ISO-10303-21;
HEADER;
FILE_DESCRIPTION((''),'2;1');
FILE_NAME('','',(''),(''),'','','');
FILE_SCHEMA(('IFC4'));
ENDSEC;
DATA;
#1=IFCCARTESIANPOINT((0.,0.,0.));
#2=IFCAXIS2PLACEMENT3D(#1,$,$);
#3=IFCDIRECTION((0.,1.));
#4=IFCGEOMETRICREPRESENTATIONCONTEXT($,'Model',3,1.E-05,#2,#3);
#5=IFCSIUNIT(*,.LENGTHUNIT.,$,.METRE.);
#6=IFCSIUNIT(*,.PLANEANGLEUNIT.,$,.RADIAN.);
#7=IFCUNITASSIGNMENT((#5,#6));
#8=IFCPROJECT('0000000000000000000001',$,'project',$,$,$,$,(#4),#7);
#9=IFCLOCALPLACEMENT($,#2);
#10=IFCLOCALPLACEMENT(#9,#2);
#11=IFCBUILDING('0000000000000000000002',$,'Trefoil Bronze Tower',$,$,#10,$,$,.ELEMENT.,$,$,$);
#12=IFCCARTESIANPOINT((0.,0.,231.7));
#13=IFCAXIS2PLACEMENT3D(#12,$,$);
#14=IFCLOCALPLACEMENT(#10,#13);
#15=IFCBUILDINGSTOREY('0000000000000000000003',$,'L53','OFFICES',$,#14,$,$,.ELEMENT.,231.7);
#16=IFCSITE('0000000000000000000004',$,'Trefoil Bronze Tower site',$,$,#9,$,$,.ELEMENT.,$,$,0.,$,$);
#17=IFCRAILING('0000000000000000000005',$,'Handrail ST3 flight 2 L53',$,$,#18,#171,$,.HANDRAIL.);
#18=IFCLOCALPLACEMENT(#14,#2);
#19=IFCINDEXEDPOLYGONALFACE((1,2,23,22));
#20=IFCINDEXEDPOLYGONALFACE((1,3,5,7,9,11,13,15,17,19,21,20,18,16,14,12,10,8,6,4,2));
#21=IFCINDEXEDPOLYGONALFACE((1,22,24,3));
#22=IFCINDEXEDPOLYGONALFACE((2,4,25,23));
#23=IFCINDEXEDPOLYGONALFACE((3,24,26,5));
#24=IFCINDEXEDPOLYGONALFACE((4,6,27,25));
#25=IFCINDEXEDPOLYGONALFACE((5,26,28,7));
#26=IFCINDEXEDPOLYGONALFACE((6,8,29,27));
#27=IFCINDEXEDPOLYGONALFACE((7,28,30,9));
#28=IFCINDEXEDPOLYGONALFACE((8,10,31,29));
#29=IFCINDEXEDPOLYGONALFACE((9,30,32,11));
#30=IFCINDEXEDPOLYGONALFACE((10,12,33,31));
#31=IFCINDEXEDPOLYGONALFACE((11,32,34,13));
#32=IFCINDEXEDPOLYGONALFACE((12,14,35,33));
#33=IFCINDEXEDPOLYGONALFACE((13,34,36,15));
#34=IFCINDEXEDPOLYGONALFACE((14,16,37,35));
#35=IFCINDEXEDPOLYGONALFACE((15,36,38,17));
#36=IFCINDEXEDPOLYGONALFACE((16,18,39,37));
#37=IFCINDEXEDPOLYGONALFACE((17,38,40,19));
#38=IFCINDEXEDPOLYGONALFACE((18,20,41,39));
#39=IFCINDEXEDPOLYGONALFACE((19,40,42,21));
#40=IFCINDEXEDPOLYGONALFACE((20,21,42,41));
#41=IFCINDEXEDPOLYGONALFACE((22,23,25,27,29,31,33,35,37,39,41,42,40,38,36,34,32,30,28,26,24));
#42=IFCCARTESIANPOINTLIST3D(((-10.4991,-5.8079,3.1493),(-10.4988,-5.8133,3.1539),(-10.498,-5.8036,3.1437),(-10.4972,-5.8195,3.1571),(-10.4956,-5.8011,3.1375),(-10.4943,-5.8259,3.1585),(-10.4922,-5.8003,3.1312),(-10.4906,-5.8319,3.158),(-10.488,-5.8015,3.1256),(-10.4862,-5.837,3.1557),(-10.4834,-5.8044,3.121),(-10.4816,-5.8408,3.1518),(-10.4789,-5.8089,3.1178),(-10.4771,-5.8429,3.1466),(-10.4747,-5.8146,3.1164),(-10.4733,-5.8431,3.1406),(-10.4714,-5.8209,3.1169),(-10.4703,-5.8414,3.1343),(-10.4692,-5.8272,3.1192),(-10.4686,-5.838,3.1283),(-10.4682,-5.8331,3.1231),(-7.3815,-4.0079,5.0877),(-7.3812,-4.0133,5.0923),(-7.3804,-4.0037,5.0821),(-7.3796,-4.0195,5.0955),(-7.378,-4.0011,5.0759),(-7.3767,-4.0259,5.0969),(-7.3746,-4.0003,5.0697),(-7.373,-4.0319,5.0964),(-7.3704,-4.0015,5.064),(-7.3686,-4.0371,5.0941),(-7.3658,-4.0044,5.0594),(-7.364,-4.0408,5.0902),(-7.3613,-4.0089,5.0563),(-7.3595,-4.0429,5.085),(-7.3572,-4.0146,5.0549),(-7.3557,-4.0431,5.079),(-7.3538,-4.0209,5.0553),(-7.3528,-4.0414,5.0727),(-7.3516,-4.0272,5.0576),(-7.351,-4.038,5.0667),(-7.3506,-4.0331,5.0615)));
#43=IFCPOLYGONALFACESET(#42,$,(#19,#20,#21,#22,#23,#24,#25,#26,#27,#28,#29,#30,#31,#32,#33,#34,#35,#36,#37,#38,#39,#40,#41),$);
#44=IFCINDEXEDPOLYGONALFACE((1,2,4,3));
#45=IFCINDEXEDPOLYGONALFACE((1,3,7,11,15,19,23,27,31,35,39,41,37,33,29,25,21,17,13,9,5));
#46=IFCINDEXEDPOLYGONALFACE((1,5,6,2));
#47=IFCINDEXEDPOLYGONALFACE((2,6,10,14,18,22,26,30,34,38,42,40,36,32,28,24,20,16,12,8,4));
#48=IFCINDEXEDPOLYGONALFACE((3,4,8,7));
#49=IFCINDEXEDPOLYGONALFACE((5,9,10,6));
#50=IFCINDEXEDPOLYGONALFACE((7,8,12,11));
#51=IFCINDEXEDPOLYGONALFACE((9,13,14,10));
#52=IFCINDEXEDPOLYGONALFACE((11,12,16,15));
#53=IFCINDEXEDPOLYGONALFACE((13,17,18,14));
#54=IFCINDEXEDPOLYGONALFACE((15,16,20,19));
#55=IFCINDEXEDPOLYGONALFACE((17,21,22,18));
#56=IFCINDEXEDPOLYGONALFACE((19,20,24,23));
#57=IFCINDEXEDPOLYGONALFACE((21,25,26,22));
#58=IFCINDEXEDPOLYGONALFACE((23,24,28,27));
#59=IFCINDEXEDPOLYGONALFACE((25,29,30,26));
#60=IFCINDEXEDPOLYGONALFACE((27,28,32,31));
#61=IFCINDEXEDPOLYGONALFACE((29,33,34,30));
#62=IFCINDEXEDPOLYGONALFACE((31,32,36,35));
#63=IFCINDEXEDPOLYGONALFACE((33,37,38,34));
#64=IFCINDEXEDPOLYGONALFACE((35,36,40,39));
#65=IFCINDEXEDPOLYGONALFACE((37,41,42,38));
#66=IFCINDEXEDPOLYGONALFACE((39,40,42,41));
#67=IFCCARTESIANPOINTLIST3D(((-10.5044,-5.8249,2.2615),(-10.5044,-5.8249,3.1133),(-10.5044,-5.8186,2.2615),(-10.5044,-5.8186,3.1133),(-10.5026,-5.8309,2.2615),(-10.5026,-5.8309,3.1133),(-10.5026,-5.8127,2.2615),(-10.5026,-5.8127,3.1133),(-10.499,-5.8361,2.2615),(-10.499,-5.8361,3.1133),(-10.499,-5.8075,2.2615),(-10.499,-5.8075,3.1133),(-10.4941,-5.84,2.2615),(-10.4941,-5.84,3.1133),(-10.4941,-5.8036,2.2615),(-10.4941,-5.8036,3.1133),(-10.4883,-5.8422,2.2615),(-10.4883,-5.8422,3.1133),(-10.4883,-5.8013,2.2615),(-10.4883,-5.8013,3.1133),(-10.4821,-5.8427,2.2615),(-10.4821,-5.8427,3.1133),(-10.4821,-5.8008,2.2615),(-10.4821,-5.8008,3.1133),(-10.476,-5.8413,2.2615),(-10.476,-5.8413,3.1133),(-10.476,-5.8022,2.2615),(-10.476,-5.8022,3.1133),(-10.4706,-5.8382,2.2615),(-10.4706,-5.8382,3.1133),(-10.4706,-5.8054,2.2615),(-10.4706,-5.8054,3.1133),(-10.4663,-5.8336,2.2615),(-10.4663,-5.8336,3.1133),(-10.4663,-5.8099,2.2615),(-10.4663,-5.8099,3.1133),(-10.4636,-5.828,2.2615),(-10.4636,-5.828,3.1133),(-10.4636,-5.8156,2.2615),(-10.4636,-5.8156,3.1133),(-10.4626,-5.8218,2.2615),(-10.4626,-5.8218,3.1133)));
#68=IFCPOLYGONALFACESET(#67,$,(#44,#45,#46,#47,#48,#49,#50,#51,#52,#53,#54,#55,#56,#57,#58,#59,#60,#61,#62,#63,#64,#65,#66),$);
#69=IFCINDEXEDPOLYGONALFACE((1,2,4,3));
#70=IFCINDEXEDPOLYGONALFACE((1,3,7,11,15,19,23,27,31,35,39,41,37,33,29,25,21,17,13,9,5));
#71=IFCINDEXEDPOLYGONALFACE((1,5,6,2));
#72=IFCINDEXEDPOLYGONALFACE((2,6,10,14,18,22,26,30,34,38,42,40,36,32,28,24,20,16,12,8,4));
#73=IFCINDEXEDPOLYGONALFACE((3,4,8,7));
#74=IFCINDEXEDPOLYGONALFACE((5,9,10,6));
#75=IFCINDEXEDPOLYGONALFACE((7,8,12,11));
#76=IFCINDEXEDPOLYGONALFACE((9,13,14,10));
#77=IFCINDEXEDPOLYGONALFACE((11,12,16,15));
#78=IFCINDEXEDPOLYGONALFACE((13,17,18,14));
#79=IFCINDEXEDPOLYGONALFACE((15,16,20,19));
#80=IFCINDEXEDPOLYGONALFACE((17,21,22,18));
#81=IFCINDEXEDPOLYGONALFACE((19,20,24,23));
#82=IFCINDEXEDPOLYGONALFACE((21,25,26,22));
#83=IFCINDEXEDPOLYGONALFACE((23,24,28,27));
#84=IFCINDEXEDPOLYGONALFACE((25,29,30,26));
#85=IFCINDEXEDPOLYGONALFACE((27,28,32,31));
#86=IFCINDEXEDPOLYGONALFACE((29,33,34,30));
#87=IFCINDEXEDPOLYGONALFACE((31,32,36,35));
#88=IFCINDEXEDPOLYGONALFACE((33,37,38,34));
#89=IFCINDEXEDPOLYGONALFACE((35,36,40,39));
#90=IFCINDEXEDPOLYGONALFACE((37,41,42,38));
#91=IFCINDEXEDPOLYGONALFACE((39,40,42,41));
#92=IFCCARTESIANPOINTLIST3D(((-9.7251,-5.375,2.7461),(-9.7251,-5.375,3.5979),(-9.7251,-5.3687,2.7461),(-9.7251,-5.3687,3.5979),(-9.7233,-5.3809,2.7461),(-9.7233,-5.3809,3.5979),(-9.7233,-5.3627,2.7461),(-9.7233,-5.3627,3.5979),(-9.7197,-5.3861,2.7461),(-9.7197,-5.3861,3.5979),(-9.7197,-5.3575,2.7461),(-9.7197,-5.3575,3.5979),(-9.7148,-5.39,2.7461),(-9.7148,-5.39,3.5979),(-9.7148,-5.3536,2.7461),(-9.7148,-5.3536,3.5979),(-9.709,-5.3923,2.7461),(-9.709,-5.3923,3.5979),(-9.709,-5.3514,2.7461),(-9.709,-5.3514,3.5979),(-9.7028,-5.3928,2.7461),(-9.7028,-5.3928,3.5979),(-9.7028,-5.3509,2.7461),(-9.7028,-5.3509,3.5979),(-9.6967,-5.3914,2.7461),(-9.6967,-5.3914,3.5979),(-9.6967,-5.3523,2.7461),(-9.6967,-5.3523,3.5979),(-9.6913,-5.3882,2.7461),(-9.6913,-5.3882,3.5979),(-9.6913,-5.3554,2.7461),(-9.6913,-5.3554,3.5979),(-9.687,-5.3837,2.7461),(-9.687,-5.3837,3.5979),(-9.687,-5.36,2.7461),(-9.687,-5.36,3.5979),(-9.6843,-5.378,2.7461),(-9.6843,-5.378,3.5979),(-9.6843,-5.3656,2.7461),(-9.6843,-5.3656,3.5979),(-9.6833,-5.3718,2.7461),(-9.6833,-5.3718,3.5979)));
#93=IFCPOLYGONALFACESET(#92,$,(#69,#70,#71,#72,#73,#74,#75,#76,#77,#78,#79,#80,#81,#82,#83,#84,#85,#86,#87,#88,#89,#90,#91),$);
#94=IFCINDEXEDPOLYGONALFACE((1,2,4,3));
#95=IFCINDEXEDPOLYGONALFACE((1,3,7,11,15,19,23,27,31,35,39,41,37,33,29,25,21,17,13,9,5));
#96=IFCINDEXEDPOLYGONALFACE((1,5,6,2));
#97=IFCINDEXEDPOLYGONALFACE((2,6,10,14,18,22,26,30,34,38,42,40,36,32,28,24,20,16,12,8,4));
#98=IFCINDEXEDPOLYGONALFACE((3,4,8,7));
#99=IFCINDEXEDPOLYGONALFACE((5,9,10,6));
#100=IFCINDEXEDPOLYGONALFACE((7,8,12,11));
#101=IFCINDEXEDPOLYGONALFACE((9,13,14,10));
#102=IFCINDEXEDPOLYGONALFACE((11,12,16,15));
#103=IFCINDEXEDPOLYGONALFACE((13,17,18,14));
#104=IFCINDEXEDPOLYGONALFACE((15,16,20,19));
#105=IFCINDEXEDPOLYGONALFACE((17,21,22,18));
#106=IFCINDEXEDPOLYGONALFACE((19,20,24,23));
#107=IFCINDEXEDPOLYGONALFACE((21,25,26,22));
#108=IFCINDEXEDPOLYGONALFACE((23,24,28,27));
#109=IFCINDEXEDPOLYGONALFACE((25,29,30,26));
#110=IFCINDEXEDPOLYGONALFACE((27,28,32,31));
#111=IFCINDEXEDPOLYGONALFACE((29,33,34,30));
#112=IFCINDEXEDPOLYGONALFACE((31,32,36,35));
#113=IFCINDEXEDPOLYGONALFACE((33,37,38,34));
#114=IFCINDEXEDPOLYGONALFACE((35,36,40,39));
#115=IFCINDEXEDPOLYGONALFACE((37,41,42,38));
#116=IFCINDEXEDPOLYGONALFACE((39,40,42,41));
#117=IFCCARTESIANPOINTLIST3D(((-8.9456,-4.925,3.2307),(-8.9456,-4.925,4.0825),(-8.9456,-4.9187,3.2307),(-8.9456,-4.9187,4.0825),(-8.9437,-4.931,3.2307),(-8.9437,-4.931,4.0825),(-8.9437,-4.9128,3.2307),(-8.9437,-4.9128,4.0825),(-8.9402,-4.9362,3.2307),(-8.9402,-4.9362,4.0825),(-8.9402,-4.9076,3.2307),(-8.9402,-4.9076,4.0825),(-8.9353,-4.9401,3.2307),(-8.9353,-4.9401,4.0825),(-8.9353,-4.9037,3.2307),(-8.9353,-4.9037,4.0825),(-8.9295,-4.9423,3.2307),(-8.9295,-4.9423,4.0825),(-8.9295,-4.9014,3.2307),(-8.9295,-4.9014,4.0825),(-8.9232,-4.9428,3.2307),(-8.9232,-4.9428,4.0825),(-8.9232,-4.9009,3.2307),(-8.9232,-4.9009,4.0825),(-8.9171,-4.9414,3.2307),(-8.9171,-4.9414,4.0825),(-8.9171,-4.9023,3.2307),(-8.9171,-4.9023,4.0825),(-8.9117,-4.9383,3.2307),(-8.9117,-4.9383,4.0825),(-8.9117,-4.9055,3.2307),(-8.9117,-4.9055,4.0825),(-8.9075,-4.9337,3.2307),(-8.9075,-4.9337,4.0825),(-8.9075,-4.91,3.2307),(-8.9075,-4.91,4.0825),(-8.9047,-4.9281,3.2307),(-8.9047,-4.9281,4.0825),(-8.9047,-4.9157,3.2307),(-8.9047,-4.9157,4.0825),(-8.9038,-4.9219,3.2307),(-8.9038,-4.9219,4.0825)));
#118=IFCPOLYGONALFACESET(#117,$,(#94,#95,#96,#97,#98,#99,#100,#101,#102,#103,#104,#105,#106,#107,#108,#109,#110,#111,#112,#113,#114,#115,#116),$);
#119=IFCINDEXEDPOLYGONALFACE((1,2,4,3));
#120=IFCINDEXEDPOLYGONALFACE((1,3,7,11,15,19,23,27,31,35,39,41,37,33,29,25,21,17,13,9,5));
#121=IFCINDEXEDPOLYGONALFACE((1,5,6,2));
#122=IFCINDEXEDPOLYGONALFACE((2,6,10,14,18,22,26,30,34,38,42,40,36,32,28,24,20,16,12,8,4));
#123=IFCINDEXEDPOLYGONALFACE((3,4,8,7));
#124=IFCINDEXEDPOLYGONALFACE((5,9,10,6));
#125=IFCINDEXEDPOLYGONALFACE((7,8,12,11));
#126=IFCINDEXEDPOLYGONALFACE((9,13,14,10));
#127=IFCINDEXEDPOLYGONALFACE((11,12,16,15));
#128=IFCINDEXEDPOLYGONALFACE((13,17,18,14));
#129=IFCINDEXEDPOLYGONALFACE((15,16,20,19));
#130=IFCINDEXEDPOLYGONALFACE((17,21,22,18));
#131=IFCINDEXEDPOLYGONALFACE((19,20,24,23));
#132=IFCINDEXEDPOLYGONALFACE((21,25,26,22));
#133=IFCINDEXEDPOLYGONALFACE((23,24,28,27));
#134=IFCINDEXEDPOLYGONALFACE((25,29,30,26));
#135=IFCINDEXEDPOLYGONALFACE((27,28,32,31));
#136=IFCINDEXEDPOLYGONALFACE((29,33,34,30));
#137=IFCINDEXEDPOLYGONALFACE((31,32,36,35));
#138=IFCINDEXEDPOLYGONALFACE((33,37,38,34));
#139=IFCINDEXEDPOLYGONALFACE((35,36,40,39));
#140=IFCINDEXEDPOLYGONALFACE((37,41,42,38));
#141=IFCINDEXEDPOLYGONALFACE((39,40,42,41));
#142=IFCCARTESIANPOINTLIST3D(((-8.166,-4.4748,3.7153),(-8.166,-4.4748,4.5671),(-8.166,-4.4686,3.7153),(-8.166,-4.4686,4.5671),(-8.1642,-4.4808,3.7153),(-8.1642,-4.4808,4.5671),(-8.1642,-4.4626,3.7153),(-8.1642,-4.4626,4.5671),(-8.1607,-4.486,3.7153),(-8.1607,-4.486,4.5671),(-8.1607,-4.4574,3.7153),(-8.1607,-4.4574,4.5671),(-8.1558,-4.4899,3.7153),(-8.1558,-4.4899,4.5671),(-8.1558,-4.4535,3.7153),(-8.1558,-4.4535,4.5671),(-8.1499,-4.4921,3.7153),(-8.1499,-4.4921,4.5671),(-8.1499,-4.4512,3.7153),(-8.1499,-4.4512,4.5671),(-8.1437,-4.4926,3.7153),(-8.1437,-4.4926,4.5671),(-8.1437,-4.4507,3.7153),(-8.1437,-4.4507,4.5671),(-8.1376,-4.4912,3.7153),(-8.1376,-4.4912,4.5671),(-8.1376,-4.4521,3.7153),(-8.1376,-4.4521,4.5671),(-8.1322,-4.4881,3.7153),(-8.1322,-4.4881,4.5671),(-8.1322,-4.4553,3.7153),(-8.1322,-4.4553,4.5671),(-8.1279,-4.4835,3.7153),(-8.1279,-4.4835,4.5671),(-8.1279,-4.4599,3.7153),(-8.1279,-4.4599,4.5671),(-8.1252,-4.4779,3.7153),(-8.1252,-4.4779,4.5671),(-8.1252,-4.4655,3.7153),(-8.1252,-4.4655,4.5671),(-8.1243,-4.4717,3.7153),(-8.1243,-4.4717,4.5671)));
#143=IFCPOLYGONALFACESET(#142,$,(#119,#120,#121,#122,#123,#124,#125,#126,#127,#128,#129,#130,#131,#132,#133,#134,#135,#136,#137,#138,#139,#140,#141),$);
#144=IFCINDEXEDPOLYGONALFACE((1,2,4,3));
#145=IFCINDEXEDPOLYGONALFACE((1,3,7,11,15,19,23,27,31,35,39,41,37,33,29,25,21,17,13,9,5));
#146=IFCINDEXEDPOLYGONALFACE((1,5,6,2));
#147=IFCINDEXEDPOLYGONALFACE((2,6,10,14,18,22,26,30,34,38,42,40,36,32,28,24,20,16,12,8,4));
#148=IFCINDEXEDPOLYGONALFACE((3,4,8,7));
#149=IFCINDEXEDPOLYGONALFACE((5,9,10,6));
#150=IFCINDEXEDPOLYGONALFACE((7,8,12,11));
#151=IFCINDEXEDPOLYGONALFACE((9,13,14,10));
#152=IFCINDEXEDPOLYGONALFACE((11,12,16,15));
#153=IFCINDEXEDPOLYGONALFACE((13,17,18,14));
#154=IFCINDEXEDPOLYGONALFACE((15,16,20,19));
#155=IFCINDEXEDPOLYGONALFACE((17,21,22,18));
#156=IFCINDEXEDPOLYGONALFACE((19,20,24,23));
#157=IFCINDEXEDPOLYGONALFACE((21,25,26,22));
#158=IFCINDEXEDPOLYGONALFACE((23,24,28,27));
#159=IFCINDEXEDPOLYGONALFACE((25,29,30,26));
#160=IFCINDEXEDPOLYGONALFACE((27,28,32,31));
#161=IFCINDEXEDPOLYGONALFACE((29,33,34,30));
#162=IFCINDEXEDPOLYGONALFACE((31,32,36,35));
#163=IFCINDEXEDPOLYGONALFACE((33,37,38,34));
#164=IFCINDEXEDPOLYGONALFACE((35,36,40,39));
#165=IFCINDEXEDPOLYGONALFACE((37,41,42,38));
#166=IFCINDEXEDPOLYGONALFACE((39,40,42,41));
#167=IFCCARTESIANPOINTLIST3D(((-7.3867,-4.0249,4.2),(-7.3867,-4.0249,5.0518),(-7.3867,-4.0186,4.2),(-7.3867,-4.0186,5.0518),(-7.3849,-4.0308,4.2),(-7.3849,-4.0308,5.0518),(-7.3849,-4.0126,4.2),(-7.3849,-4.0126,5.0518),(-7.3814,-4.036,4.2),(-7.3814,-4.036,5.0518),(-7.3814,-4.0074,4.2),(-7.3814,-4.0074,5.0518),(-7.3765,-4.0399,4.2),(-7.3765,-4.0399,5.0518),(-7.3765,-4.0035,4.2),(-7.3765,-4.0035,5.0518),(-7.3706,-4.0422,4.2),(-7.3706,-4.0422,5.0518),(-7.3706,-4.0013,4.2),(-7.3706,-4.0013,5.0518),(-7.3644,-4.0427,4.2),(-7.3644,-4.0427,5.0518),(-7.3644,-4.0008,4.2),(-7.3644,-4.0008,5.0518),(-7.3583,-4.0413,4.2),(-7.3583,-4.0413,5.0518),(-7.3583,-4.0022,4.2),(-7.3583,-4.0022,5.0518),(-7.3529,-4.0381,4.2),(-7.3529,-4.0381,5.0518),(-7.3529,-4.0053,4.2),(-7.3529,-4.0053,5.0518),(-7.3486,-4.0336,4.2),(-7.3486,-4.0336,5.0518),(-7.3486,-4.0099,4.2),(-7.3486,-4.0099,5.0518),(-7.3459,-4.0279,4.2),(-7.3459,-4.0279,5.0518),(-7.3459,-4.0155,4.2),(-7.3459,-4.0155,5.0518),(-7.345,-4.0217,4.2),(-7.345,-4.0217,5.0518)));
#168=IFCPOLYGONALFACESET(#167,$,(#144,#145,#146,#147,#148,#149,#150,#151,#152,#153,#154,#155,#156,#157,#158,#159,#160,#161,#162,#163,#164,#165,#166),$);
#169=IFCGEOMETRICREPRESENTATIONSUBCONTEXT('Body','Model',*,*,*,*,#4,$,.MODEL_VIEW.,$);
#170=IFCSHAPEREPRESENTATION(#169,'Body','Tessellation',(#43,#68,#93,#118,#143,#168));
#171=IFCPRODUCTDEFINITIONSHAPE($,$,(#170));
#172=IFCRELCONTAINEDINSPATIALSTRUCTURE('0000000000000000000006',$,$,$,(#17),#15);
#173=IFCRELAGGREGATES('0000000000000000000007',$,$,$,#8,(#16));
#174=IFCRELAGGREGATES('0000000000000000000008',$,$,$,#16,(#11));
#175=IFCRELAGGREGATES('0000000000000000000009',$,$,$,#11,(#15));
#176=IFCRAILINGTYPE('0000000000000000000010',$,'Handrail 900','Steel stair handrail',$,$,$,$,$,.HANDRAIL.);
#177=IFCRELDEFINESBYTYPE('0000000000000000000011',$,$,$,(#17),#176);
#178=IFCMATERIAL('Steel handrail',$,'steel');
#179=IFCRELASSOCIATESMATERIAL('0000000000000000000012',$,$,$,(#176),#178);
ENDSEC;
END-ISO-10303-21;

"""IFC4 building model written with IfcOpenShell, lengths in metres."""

from ifc_helpers import new_model, si_unit, direction, frame, origin, origin_2d, place, context, subcontext, project, spatial, circle, extrude, material, type_object, element, save


model = new_model("IFC4")

# Units and contexts
model_context = context("Model", 3, precision=1e-05, world=origin(), true_north=direction((0.0, 1.0)))
body_context = subcontext(model_context, "Body", "Model", "MODEL_VIEW")
ifc_project = project(units=[si_unit("LENGTHUNIT", "METRE"), si_unit("PLANEANGLEUNIT", "RADIAN")], contexts=[model_context])

# Site, building, storey
site_placement = place(None, origin())
site = spatial("IfcSite", under=ifc_project, at=site_placement, Name="Trefoil Bronze Tower site", CompositionType="ELEMENT", RefElevation=0.0)
building_placement = place(site_placement, origin())
building = spatial("IfcBuilding", under=site, at=building_placement, Name="Trefoil Bronze Tower", CompositionType="ELEMENT")
storey_placement = place(building_placement, frame((0.0, 0.0, 231.7)))
storey = spatial("IfcBuildingStorey", under=building, at=storey_placement, Name="L53", Description="OFFICES", CompositionType="ELEMENT", Elevation=231.7)

# Railing
ifc_material_1 = material(Name="Steel handrail", Category="steel")
railing_type = type_object("IfcRailingType", Name="Handrail 900", Description="Steel stair handrail", PredefinedType="HANDRAIL", material=ifc_material_1)
railing_placement = place(storey_placement, frame((-10.4836, -5.8218, 2.2615)))
element("IfcRailing", 1, at=railing_placement, inside=storey, type_object=railing_type, Name="Handrail ST3 flight 2 L53", PredefinedType="HANDRAIL", context=body_context, shape_type="SweptSolid", body=[
    extrude(circle(Radius=0.0239, at=origin_2d()), frame((0.0, 0.0, 0.876), z_axis=(0.762503, 0.440246, 0.474102), x_axis=(-0.500012, 0.866018, 0.0)), (0.0, 0.0, 1.0), 4.0886),
    extrude(circle(Radius=0.021, at=origin_2d()), origin(), (0.0, 0.0, 1.0), 0.8518),
    extrude(circle(Radius=0.021, at=origin_2d()), frame((0.7793, 0.45, 0.4846)), (0.0, 0.0, 1.0), 0.8518),
    extrude(circle(Radius=0.021, at=origin_2d()), frame((1.5588, 0.8999, 0.9692)), (0.0, 0.0, 1.0), 0.8518),
    extrude(circle(Radius=0.021, at=origin_2d()), frame((2.3384, 1.3501, 1.4539)), (0.0, 0.0, 1.0), 0.8518),
    extrude(circle(Radius=0.021, at=origin_2d()), frame((3.1177, 1.8, 1.9385)), (0.0, 0.0, 1.0), 0.8518),
])

save(model, "model.ifc")
